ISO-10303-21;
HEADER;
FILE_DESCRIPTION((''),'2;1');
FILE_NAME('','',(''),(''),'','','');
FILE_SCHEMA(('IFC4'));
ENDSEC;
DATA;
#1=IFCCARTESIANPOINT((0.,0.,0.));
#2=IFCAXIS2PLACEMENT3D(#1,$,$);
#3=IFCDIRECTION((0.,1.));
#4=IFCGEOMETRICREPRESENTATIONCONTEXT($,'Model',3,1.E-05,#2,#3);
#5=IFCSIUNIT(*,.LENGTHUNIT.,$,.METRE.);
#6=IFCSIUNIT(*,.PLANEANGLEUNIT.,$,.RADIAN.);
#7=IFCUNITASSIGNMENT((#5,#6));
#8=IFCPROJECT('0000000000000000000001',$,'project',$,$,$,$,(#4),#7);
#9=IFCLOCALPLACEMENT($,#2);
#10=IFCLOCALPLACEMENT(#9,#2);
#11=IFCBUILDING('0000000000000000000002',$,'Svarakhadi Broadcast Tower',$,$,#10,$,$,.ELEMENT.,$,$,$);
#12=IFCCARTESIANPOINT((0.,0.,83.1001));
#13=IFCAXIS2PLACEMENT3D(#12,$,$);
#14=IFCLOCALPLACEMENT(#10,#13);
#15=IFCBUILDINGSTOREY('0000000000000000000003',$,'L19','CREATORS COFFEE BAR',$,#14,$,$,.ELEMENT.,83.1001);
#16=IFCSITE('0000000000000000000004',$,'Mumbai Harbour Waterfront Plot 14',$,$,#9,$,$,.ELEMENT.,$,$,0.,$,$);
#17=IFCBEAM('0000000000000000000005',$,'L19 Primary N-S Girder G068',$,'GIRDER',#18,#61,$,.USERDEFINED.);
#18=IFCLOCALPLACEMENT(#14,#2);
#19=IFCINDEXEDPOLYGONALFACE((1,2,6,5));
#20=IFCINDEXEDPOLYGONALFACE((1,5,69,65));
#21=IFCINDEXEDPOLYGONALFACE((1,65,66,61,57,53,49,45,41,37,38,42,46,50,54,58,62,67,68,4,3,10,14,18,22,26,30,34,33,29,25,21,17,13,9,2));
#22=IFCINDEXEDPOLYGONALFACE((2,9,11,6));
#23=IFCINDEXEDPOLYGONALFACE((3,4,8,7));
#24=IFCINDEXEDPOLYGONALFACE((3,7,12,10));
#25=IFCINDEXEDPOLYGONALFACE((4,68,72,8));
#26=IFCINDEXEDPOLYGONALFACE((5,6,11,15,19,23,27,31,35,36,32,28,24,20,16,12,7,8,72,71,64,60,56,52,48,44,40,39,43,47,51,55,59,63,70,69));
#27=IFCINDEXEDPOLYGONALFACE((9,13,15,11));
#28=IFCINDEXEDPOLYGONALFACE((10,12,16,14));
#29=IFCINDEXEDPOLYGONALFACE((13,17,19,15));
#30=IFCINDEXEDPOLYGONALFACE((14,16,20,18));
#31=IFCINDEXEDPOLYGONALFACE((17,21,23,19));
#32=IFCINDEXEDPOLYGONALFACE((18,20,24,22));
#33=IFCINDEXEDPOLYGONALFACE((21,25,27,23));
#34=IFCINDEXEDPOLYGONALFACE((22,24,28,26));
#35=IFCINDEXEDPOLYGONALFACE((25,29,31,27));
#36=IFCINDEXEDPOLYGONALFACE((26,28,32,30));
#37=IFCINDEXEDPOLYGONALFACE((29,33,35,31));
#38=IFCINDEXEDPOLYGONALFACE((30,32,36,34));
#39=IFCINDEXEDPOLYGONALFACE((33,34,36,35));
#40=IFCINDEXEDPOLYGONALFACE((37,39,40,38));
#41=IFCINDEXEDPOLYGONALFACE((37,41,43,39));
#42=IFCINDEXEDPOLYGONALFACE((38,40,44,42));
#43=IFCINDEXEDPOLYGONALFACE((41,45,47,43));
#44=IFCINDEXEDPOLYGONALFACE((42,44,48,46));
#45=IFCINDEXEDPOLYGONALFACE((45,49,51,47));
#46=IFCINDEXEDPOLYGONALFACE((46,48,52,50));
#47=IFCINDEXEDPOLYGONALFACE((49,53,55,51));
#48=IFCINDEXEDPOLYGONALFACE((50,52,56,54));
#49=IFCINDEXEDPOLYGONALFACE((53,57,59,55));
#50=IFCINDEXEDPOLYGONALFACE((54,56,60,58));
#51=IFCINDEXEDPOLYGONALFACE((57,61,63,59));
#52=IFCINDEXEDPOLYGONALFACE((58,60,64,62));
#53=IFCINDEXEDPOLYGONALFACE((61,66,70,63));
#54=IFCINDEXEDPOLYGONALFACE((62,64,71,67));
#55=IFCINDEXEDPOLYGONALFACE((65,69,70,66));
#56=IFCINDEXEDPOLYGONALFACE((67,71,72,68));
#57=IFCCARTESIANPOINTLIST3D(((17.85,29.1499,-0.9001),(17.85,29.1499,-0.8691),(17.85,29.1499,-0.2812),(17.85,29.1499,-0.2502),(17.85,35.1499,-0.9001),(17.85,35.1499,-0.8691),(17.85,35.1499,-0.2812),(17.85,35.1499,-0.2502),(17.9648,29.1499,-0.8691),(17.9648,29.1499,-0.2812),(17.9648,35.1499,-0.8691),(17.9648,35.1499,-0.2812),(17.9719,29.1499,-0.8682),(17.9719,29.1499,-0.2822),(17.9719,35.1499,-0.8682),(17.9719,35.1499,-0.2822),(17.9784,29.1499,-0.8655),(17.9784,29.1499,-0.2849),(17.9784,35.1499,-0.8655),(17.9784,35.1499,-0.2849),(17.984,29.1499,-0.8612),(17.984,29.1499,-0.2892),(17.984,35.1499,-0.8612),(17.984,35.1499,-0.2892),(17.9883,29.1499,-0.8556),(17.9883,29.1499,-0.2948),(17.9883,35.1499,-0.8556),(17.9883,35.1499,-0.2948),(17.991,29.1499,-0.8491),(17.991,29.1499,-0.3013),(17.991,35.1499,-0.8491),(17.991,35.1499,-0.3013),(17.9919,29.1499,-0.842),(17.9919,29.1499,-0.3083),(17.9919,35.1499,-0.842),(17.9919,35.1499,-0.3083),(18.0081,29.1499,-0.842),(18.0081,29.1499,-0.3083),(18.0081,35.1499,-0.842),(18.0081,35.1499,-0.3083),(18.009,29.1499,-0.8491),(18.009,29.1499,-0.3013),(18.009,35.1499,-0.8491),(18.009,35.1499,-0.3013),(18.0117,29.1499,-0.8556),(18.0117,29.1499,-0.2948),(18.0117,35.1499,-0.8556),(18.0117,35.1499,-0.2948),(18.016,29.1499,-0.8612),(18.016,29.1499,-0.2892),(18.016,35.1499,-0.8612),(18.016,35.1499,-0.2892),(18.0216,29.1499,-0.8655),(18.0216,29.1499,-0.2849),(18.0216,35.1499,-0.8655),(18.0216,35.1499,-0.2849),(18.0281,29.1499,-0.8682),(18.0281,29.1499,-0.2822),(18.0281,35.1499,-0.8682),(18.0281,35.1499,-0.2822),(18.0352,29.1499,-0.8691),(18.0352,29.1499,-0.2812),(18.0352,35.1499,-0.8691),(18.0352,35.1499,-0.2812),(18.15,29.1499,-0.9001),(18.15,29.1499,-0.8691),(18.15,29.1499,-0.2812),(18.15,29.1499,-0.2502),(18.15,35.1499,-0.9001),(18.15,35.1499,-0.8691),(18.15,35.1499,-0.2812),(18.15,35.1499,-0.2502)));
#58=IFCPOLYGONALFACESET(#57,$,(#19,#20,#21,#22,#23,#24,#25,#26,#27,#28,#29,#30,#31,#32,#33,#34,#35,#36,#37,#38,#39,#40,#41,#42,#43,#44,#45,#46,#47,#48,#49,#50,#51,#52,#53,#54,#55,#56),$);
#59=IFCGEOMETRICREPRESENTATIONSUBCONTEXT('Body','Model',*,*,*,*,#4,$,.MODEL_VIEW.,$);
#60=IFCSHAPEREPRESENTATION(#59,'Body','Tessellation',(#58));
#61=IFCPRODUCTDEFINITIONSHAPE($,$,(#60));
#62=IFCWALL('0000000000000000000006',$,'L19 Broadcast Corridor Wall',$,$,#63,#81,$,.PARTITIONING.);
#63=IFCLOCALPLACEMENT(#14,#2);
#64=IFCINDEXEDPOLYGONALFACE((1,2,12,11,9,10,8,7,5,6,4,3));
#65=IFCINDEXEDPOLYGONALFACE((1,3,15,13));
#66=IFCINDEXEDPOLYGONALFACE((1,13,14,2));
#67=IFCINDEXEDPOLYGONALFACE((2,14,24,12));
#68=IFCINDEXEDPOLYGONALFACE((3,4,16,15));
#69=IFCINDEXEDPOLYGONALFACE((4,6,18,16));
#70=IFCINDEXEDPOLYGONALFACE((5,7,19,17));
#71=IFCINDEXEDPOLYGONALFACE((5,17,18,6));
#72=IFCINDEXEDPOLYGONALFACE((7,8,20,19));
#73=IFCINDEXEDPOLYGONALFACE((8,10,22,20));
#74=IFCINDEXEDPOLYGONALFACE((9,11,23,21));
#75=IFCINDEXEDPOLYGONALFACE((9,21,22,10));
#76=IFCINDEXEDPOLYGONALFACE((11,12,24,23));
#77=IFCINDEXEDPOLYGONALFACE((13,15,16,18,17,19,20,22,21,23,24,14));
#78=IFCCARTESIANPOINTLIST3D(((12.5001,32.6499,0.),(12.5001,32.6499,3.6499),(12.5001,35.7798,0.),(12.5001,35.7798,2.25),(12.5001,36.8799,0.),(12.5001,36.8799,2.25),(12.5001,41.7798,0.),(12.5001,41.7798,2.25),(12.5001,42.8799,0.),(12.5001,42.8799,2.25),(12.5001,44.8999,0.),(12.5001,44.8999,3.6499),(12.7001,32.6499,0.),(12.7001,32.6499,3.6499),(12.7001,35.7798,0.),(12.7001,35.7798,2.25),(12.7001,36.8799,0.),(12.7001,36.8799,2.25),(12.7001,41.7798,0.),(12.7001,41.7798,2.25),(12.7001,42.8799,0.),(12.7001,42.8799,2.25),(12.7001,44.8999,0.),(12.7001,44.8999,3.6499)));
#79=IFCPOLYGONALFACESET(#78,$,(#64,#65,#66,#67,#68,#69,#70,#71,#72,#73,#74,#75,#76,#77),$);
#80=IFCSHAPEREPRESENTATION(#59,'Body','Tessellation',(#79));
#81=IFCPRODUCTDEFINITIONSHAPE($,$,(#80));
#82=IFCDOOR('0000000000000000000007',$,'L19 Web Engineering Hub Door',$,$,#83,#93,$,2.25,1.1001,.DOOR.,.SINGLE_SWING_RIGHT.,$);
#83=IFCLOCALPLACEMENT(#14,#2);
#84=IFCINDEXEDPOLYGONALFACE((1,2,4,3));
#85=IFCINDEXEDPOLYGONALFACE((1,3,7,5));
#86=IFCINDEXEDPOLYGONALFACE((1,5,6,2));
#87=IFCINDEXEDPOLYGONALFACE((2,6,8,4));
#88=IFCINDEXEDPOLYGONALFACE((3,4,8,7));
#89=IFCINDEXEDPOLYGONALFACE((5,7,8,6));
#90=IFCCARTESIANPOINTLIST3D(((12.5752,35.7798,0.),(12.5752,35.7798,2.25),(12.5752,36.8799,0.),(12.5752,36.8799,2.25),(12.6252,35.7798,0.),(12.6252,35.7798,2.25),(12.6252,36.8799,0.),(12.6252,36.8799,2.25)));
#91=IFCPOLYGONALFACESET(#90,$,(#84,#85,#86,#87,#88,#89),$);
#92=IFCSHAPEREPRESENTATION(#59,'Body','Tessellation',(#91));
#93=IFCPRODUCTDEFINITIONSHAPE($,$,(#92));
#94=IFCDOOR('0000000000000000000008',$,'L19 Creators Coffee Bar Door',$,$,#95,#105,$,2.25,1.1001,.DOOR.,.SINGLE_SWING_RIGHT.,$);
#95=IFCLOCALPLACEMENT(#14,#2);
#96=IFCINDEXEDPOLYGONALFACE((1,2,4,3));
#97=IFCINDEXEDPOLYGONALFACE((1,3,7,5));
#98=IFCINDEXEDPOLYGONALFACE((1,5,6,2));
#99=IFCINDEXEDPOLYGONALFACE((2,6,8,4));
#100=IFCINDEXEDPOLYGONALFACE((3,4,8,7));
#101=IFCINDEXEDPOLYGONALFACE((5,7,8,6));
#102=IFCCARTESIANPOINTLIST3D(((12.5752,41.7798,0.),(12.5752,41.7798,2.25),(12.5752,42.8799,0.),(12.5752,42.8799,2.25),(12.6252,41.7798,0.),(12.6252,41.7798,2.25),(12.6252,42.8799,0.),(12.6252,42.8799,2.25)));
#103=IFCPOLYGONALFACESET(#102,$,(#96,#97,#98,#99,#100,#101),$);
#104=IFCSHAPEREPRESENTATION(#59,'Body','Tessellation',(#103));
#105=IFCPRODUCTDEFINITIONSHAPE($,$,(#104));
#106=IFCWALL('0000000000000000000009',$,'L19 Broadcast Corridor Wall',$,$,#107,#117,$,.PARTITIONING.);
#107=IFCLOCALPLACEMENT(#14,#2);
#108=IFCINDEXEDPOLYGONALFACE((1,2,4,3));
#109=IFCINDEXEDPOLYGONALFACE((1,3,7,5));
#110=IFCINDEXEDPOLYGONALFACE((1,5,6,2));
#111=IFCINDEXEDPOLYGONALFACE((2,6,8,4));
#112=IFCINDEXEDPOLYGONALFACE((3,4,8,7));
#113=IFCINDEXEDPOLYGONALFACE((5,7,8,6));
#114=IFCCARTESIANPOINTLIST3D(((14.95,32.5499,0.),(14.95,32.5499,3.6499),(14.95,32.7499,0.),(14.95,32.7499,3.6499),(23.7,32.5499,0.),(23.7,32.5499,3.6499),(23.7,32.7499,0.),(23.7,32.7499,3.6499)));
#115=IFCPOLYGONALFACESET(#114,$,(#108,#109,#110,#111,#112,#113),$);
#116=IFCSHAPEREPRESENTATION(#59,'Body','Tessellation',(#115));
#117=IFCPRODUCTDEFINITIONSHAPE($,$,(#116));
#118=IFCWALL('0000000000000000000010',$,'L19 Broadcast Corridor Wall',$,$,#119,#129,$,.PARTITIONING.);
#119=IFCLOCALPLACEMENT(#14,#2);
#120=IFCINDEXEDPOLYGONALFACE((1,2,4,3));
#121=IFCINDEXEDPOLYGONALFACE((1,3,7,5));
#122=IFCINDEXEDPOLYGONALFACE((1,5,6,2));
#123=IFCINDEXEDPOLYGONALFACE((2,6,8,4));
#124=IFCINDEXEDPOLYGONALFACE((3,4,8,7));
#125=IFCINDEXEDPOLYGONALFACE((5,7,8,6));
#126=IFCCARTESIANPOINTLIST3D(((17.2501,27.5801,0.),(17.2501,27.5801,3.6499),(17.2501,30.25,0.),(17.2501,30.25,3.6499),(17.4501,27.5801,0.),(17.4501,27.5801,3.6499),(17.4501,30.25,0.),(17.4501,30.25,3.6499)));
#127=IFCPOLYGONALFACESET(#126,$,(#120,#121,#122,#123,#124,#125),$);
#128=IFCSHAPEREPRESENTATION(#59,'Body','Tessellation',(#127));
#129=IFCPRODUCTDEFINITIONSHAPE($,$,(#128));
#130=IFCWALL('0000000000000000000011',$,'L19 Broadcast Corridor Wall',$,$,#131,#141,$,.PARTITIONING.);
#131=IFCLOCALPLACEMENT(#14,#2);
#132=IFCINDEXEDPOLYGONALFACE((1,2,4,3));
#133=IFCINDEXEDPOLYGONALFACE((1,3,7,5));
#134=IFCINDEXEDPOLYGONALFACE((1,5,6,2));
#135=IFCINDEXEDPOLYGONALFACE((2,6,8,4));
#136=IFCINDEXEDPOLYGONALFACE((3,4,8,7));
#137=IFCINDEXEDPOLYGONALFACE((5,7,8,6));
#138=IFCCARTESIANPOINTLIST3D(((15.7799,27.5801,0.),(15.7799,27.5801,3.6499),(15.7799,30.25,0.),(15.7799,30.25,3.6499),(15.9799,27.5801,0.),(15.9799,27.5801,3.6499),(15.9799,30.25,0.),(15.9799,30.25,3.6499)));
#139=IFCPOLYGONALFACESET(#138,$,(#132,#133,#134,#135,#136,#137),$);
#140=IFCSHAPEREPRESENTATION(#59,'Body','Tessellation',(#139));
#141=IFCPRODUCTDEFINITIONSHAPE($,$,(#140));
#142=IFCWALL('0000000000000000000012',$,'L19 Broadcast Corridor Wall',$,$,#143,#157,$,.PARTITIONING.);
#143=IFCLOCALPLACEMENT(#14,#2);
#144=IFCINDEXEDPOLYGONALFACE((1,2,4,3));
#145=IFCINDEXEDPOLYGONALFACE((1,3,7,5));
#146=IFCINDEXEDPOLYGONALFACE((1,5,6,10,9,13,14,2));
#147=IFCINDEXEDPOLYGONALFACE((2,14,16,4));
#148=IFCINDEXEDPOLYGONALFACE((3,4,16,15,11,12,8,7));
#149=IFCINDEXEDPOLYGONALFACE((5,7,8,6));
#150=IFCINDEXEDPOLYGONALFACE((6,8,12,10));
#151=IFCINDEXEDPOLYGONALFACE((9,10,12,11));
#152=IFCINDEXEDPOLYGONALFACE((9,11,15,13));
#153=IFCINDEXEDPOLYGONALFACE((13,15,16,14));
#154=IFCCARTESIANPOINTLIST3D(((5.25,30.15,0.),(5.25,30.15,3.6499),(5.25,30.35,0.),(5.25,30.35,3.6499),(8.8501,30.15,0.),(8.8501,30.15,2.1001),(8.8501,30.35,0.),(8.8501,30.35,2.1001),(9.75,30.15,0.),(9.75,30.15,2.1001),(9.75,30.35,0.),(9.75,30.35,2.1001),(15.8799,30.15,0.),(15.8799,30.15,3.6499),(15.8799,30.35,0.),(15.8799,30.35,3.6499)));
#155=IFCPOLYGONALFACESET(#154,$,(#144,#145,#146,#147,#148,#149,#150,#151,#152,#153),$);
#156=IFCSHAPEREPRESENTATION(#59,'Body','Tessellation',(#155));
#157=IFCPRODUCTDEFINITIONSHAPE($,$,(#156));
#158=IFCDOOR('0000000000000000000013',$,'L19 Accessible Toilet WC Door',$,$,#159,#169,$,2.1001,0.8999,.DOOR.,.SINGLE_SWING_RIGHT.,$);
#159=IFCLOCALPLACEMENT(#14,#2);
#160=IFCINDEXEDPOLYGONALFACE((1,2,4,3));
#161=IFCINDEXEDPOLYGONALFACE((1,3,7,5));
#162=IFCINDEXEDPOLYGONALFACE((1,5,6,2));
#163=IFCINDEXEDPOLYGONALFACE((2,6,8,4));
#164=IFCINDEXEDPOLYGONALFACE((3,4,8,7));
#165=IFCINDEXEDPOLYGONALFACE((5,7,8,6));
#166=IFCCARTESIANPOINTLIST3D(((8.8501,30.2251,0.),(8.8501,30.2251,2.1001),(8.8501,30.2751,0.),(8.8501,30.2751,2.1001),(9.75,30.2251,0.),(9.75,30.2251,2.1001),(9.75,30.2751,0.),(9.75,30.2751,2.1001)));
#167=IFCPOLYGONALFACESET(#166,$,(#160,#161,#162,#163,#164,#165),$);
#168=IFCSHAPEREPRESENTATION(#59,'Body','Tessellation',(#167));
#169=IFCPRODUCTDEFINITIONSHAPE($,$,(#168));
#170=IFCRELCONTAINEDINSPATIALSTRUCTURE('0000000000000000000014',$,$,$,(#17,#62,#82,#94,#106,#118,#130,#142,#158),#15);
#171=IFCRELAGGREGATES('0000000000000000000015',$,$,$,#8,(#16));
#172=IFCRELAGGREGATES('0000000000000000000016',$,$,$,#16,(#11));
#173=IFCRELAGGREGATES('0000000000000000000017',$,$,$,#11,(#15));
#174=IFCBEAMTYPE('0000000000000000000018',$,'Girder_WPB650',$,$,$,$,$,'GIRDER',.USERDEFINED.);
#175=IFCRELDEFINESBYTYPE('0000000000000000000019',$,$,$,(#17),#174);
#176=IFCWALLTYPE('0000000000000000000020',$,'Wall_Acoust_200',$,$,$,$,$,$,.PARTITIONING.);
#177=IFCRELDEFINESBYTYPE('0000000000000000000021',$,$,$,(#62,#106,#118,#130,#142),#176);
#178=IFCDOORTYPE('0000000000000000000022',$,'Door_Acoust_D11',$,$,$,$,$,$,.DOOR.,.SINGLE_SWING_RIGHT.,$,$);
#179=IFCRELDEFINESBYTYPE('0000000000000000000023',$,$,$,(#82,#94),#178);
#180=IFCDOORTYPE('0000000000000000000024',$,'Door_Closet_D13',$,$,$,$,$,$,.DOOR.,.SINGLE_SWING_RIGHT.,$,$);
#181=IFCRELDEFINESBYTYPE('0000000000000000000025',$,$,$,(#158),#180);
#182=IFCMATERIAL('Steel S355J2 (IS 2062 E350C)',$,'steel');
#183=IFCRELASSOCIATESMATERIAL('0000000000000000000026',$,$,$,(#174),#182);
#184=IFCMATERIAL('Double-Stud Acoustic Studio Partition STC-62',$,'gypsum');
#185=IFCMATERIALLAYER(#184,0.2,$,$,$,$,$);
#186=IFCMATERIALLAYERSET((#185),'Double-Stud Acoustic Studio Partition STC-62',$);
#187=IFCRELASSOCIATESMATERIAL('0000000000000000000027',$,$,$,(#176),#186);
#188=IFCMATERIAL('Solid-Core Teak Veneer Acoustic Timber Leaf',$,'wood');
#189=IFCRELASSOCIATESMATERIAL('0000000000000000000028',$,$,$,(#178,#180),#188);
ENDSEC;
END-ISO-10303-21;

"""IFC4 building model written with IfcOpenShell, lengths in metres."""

from ifc_helpers import new_model, si_unit, direction, frame, frame_2d, origin, origin_2d, place, context, subcontext, project, spatial, rectangle, i_section, extrude, material, layer, layer_set, material_profile, profile_set, type_object, element, fill, save


model = new_model("IFC4")

# Units and contexts
model_context = context("Model", 3, precision=1e-05, world=origin(), true_north=direction((0.0, 1.0)))
body_context = subcontext(model_context, "Body", "Model", "MODEL_VIEW")
ifc_project = project(units=[si_unit("LENGTHUNIT", "METRE"), si_unit("PLANEANGLEUNIT", "RADIAN")], contexts=[model_context])

# Site, building, storey
site_placement = place(None, origin())
site = spatial("IfcSite", under=ifc_project, at=site_placement, Name="Mumbai Harbour Waterfront Plot 14", CompositionType="ELEMENT", RefElevation=0.0)
building_placement = place(site_placement, origin())
building = spatial("IfcBuilding", under=site, at=building_placement, Name="Svarakhadi Broadcast Tower", CompositionType="ELEMENT")
storey_placement = place(building_placement, frame((0.0, 0.0, 83.1001)))
storey = spatial("IfcBuildingStorey", under=building, at=storey_placement, Name="L19", Description="CREATORS COFFEE BAR", CompositionType="ELEMENT", Elevation=83.1001)

# Beam
ifc_material_1 = material(Name="Steel S355J2 (IS 2062 E350C)", Category="steel")
ifc_material_profile_1 = material_profile(ifc_material_1, i_section(OverallWidth=0.3, OverallDepth=0.6499, WebThickness=0.0161, FlangeThickness=0.031, FilletRadius=0.0271, at=origin_2d()), Name="WPB 650x300x225")
ifc_profile_set_1 = profile_set([ifc_material_profile_1], Name="Steel S355J2 (IS 2062 E350C)")
beam_type_1 = type_object("IfcBeamType", Name="Girder_WPB650", ElementType="GIRDER", PredefinedType="USERDEFINED", material=ifc_profile_set_1)
for number, where, z_axis, x_axis, name in (
    (1, (18.0, 29.1499, -0.5752), (0.0, 1.0, 0.0), (-1.0, 0.0, 0.0), "L19 Primary N-S Girder G068"),
):
    element("IfcBeam", number, at=place(storey_placement, frame(where, z_axis=z_axis, x_axis=x_axis)), inside=storey, type_object=beam_type_1, Name=name, ObjectType="GIRDER", PredefinedType="USERDEFINED", context=body_context, shape_type="SweptSolid", body=[
        extrude(i_section(OverallWidth=0.3, OverallDepth=0.6499, WebThickness=0.0161, FlangeThickness=0.031, FilletRadius=0.0271, at=origin_2d()), origin(), (0.0, 0.0, 1.0), 6.0),
    ])

# Wall, openings, doors
ifc_material_2 = material(Name="Double-Stud Acoustic Studio Partition STC-62", Category="gypsum")
ifc_layer_1 = layer(ifc_material_2, 0.2)
ifc_layer_set_1 = layer_set([ifc_layer_1], Name="Double-Stud Acoustic Studio Partition STC-62")
wall_type_1 = type_object("IfcWallType", Name="Wall_Acoust_200", PredefinedType="PARTITIONING", material=ifc_layer_set_1)
wall_1_placement = place(storey_placement, frame((12.6001, 32.6499, 0.0), z_axis=(0.0, 0.0, 1.0), x_axis=(0.0, 1.0, 0.0)))
wall_1 = element("IfcWall", 2, at=wall_1_placement, inside=storey, type_object=wall_type_1, Name="L19 Broadcast Corridor Wall", PredefinedType="PARTITIONING", context=body_context, shape_type="SweptSolid", body=[
    extrude(rectangle(XDim=12.25, YDim=0.2, at=frame_2d((6.125, 0.0))), origin(), (0.0, 0.0, 1.0), 3.6499),
])
opening_1_placement = place(wall_1_placement, frame((3.1299, 0.0, 0.0)))
opening_1 = element("IfcOpeningElement", 3, at=opening_1_placement, cuts=wall_1, PredefinedType="OPENING", context=body_context, shape_type="SweptSolid", body=[
    extrude(rectangle(XDim=1.1001, YDim=2.25, at=frame_2d((0.55, 1.125))), frame((0.0, 0.1099, 0.0), z_axis=(0.0, -1.0, 0.0), x_axis=(1.0, 0.0, 0.0)), (0.0, 0.0, 1.0), 0.22),
])
opening_2_placement = place(wall_1_placement, frame((9.1299, 0.0, 0.0)))
opening_2 = element("IfcOpeningElement", 4, at=opening_2_placement, cuts=wall_1, PredefinedType="OPENING", context=body_context, shape_type="SweptSolid", body=[
    extrude(rectangle(XDim=1.1001, YDim=2.25, at=frame_2d((0.55, 1.125))), frame((0.0, 0.1099, 0.0), z_axis=(0.0, -1.0, 0.0), x_axis=(1.0, 0.0, 0.0)), (0.0, 0.0, 1.0), 0.22),
])
ifc_material_3 = material(Name="Solid-Core Teak Veneer Acoustic Timber Leaf", Category="wood")
door_type_1 = type_object("IfcDoorType", Name="Door_Acoust_D11", OperationType="SINGLE_SWING_RIGHT", PredefinedType="DOOR", material=ifc_material_3)
door_1_placement = place(opening_1_placement, origin())
door_1 = element("IfcDoor", 5, at=door_1_placement, inside=storey, type_object=door_type_1, Name="L19 Web Engineering Hub Door", OperationType="SINGLE_SWING_RIGHT", OverallHeight=2.25, OverallWidth=1.1001, PredefinedType="DOOR", context=body_context, shape_type="SweptSolid", body=[
    extrude(rectangle(XDim=1.1001, YDim=2.25, at=frame_2d((0.55, 1.125))), frame((0.0, 0.0249, 0.0), z_axis=(0.0, -1.0, 0.0), x_axis=(1.0, 0.0, 0.0)), (0.0, 0.0, 1.0), 0.05),
])
fill(opening_1, door_1)
door_2_placement = place(opening_2_placement, origin())
door_2 = element("IfcDoor", 6, at=door_2_placement, inside=storey, type_object=door_type_1, Name="L19 Creators Coffee Bar Door", OperationType="SINGLE_SWING_RIGHT", OverallHeight=2.25, OverallWidth=1.1001, PredefinedType="DOOR", context=body_context, shape_type="SweptSolid", body=[
    extrude(rectangle(XDim=1.1001, YDim=2.25, at=frame_2d((0.55, 1.125))), frame((0.0, 0.0249, 0.0), z_axis=(0.0, -1.0, 0.0), x_axis=(1.0, 0.0, 0.0)), (0.0, 0.0, 1.0), 0.05),
])
fill(opening_2, door_2)

# Walls
wall_2_placement = place(storey_placement, frame((14.95, 32.6499, 0.0), z_axis=(0.0, 0.0, 1.0), x_axis=(1.0, 0.0, 0.0)))
element("IfcWall", 7, at=wall_2_placement, inside=storey, type_object=wall_type_1, Name="L19 Broadcast Corridor Wall", PredefinedType="PARTITIONING", context=body_context, shape_type="SweptSolid", body=[
    extrude(rectangle(XDim=8.75, YDim=0.2, at=frame_2d((4.375, 0.0))), origin(), (0.0, 0.0, 1.0), 3.6499),
])
for number, where, z_axis, x_axis, name in (
    (8, (17.3501, 30.25, 0.0), (0.0, 0.0, 1.0), (0.0, -1.0, 0.0), "L19 Broadcast Corridor Wall"),
    (9, (15.8799, 27.5801, 0.0), (0.0, 0.0, 1.0), (0.0, 1.0, 0.0), "L19 Broadcast Corridor Wall"),
):
    element("IfcWall", number, at=place(storey_placement, frame(where, z_axis=z_axis, x_axis=x_axis)), inside=storey, type_object=wall_type_1, Name=name, PredefinedType="PARTITIONING", context=body_context, shape_type="SweptSolid", body=[
        extrude(rectangle(XDim=2.6699, YDim=0.2, at=frame_2d((1.335, 0.0))), origin(), (0.0, 0.0, 1.0), 3.6499),
    ])

# Wall, opening, door
wall_3_placement = place(storey_placement, frame((15.8799, 30.25, 0.0), z_axis=(0.0, 0.0, 1.0), x_axis=(-1.0, 0.0, 0.0)))
wall_3 = element("IfcWall", 10, at=wall_3_placement, inside=storey, type_object=wall_type_1, Name="L19 Broadcast Corridor Wall", PredefinedType="PARTITIONING", context=body_context, shape_type="SweptSolid", body=[
    extrude(rectangle(XDim=10.6299, YDim=0.2, at=frame_2d((5.3149, 0.0))), origin(), (0.0, 0.0, 1.0), 3.6499),
])
opening_3_placement = place(wall_3_placement, frame((6.1299, 0.0, 0.0)))
opening_3 = element("IfcOpeningElement", 11, at=opening_3_placement, cuts=wall_3, PredefinedType="OPENING", context=body_context, shape_type="SweptSolid", body=[
    extrude(rectangle(XDim=0.8999, YDim=2.1001, at=frame_2d((0.45, 1.05))), frame((0.0, 0.1099, 0.0), z_axis=(0.0, -1.0, 0.0), x_axis=(1.0, 0.0, 0.0)), (0.0, 0.0, 1.0), 0.22),
])
door_type_2 = type_object("IfcDoorType", Name="Door_Closet_D13", OperationType="SINGLE_SWING_RIGHT", PredefinedType="DOOR", material=ifc_material_3)
door_3_placement = place(opening_3_placement, origin())
door_3 = element("IfcDoor", 12, at=door_3_placement, inside=storey, type_object=door_type_2, Name="L19 Accessible Toilet WC Door", OperationType="SINGLE_SWING_RIGHT", OverallHeight=2.1001, OverallWidth=0.8999, PredefinedType="DOOR", context=body_context, shape_type="SweptSolid", body=[
    extrude(rectangle(XDim=0.8999, YDim=2.1001, at=frame_2d((0.45, 1.05))), frame((0.0, 0.0249, 0.0), z_axis=(0.0, -1.0, 0.0), x_axis=(1.0, 0.0, 0.0)), (0.0, 0.0, 1.0), 0.05),
])
fill(opening_3, door_3)

save(model, "model.ifc")
